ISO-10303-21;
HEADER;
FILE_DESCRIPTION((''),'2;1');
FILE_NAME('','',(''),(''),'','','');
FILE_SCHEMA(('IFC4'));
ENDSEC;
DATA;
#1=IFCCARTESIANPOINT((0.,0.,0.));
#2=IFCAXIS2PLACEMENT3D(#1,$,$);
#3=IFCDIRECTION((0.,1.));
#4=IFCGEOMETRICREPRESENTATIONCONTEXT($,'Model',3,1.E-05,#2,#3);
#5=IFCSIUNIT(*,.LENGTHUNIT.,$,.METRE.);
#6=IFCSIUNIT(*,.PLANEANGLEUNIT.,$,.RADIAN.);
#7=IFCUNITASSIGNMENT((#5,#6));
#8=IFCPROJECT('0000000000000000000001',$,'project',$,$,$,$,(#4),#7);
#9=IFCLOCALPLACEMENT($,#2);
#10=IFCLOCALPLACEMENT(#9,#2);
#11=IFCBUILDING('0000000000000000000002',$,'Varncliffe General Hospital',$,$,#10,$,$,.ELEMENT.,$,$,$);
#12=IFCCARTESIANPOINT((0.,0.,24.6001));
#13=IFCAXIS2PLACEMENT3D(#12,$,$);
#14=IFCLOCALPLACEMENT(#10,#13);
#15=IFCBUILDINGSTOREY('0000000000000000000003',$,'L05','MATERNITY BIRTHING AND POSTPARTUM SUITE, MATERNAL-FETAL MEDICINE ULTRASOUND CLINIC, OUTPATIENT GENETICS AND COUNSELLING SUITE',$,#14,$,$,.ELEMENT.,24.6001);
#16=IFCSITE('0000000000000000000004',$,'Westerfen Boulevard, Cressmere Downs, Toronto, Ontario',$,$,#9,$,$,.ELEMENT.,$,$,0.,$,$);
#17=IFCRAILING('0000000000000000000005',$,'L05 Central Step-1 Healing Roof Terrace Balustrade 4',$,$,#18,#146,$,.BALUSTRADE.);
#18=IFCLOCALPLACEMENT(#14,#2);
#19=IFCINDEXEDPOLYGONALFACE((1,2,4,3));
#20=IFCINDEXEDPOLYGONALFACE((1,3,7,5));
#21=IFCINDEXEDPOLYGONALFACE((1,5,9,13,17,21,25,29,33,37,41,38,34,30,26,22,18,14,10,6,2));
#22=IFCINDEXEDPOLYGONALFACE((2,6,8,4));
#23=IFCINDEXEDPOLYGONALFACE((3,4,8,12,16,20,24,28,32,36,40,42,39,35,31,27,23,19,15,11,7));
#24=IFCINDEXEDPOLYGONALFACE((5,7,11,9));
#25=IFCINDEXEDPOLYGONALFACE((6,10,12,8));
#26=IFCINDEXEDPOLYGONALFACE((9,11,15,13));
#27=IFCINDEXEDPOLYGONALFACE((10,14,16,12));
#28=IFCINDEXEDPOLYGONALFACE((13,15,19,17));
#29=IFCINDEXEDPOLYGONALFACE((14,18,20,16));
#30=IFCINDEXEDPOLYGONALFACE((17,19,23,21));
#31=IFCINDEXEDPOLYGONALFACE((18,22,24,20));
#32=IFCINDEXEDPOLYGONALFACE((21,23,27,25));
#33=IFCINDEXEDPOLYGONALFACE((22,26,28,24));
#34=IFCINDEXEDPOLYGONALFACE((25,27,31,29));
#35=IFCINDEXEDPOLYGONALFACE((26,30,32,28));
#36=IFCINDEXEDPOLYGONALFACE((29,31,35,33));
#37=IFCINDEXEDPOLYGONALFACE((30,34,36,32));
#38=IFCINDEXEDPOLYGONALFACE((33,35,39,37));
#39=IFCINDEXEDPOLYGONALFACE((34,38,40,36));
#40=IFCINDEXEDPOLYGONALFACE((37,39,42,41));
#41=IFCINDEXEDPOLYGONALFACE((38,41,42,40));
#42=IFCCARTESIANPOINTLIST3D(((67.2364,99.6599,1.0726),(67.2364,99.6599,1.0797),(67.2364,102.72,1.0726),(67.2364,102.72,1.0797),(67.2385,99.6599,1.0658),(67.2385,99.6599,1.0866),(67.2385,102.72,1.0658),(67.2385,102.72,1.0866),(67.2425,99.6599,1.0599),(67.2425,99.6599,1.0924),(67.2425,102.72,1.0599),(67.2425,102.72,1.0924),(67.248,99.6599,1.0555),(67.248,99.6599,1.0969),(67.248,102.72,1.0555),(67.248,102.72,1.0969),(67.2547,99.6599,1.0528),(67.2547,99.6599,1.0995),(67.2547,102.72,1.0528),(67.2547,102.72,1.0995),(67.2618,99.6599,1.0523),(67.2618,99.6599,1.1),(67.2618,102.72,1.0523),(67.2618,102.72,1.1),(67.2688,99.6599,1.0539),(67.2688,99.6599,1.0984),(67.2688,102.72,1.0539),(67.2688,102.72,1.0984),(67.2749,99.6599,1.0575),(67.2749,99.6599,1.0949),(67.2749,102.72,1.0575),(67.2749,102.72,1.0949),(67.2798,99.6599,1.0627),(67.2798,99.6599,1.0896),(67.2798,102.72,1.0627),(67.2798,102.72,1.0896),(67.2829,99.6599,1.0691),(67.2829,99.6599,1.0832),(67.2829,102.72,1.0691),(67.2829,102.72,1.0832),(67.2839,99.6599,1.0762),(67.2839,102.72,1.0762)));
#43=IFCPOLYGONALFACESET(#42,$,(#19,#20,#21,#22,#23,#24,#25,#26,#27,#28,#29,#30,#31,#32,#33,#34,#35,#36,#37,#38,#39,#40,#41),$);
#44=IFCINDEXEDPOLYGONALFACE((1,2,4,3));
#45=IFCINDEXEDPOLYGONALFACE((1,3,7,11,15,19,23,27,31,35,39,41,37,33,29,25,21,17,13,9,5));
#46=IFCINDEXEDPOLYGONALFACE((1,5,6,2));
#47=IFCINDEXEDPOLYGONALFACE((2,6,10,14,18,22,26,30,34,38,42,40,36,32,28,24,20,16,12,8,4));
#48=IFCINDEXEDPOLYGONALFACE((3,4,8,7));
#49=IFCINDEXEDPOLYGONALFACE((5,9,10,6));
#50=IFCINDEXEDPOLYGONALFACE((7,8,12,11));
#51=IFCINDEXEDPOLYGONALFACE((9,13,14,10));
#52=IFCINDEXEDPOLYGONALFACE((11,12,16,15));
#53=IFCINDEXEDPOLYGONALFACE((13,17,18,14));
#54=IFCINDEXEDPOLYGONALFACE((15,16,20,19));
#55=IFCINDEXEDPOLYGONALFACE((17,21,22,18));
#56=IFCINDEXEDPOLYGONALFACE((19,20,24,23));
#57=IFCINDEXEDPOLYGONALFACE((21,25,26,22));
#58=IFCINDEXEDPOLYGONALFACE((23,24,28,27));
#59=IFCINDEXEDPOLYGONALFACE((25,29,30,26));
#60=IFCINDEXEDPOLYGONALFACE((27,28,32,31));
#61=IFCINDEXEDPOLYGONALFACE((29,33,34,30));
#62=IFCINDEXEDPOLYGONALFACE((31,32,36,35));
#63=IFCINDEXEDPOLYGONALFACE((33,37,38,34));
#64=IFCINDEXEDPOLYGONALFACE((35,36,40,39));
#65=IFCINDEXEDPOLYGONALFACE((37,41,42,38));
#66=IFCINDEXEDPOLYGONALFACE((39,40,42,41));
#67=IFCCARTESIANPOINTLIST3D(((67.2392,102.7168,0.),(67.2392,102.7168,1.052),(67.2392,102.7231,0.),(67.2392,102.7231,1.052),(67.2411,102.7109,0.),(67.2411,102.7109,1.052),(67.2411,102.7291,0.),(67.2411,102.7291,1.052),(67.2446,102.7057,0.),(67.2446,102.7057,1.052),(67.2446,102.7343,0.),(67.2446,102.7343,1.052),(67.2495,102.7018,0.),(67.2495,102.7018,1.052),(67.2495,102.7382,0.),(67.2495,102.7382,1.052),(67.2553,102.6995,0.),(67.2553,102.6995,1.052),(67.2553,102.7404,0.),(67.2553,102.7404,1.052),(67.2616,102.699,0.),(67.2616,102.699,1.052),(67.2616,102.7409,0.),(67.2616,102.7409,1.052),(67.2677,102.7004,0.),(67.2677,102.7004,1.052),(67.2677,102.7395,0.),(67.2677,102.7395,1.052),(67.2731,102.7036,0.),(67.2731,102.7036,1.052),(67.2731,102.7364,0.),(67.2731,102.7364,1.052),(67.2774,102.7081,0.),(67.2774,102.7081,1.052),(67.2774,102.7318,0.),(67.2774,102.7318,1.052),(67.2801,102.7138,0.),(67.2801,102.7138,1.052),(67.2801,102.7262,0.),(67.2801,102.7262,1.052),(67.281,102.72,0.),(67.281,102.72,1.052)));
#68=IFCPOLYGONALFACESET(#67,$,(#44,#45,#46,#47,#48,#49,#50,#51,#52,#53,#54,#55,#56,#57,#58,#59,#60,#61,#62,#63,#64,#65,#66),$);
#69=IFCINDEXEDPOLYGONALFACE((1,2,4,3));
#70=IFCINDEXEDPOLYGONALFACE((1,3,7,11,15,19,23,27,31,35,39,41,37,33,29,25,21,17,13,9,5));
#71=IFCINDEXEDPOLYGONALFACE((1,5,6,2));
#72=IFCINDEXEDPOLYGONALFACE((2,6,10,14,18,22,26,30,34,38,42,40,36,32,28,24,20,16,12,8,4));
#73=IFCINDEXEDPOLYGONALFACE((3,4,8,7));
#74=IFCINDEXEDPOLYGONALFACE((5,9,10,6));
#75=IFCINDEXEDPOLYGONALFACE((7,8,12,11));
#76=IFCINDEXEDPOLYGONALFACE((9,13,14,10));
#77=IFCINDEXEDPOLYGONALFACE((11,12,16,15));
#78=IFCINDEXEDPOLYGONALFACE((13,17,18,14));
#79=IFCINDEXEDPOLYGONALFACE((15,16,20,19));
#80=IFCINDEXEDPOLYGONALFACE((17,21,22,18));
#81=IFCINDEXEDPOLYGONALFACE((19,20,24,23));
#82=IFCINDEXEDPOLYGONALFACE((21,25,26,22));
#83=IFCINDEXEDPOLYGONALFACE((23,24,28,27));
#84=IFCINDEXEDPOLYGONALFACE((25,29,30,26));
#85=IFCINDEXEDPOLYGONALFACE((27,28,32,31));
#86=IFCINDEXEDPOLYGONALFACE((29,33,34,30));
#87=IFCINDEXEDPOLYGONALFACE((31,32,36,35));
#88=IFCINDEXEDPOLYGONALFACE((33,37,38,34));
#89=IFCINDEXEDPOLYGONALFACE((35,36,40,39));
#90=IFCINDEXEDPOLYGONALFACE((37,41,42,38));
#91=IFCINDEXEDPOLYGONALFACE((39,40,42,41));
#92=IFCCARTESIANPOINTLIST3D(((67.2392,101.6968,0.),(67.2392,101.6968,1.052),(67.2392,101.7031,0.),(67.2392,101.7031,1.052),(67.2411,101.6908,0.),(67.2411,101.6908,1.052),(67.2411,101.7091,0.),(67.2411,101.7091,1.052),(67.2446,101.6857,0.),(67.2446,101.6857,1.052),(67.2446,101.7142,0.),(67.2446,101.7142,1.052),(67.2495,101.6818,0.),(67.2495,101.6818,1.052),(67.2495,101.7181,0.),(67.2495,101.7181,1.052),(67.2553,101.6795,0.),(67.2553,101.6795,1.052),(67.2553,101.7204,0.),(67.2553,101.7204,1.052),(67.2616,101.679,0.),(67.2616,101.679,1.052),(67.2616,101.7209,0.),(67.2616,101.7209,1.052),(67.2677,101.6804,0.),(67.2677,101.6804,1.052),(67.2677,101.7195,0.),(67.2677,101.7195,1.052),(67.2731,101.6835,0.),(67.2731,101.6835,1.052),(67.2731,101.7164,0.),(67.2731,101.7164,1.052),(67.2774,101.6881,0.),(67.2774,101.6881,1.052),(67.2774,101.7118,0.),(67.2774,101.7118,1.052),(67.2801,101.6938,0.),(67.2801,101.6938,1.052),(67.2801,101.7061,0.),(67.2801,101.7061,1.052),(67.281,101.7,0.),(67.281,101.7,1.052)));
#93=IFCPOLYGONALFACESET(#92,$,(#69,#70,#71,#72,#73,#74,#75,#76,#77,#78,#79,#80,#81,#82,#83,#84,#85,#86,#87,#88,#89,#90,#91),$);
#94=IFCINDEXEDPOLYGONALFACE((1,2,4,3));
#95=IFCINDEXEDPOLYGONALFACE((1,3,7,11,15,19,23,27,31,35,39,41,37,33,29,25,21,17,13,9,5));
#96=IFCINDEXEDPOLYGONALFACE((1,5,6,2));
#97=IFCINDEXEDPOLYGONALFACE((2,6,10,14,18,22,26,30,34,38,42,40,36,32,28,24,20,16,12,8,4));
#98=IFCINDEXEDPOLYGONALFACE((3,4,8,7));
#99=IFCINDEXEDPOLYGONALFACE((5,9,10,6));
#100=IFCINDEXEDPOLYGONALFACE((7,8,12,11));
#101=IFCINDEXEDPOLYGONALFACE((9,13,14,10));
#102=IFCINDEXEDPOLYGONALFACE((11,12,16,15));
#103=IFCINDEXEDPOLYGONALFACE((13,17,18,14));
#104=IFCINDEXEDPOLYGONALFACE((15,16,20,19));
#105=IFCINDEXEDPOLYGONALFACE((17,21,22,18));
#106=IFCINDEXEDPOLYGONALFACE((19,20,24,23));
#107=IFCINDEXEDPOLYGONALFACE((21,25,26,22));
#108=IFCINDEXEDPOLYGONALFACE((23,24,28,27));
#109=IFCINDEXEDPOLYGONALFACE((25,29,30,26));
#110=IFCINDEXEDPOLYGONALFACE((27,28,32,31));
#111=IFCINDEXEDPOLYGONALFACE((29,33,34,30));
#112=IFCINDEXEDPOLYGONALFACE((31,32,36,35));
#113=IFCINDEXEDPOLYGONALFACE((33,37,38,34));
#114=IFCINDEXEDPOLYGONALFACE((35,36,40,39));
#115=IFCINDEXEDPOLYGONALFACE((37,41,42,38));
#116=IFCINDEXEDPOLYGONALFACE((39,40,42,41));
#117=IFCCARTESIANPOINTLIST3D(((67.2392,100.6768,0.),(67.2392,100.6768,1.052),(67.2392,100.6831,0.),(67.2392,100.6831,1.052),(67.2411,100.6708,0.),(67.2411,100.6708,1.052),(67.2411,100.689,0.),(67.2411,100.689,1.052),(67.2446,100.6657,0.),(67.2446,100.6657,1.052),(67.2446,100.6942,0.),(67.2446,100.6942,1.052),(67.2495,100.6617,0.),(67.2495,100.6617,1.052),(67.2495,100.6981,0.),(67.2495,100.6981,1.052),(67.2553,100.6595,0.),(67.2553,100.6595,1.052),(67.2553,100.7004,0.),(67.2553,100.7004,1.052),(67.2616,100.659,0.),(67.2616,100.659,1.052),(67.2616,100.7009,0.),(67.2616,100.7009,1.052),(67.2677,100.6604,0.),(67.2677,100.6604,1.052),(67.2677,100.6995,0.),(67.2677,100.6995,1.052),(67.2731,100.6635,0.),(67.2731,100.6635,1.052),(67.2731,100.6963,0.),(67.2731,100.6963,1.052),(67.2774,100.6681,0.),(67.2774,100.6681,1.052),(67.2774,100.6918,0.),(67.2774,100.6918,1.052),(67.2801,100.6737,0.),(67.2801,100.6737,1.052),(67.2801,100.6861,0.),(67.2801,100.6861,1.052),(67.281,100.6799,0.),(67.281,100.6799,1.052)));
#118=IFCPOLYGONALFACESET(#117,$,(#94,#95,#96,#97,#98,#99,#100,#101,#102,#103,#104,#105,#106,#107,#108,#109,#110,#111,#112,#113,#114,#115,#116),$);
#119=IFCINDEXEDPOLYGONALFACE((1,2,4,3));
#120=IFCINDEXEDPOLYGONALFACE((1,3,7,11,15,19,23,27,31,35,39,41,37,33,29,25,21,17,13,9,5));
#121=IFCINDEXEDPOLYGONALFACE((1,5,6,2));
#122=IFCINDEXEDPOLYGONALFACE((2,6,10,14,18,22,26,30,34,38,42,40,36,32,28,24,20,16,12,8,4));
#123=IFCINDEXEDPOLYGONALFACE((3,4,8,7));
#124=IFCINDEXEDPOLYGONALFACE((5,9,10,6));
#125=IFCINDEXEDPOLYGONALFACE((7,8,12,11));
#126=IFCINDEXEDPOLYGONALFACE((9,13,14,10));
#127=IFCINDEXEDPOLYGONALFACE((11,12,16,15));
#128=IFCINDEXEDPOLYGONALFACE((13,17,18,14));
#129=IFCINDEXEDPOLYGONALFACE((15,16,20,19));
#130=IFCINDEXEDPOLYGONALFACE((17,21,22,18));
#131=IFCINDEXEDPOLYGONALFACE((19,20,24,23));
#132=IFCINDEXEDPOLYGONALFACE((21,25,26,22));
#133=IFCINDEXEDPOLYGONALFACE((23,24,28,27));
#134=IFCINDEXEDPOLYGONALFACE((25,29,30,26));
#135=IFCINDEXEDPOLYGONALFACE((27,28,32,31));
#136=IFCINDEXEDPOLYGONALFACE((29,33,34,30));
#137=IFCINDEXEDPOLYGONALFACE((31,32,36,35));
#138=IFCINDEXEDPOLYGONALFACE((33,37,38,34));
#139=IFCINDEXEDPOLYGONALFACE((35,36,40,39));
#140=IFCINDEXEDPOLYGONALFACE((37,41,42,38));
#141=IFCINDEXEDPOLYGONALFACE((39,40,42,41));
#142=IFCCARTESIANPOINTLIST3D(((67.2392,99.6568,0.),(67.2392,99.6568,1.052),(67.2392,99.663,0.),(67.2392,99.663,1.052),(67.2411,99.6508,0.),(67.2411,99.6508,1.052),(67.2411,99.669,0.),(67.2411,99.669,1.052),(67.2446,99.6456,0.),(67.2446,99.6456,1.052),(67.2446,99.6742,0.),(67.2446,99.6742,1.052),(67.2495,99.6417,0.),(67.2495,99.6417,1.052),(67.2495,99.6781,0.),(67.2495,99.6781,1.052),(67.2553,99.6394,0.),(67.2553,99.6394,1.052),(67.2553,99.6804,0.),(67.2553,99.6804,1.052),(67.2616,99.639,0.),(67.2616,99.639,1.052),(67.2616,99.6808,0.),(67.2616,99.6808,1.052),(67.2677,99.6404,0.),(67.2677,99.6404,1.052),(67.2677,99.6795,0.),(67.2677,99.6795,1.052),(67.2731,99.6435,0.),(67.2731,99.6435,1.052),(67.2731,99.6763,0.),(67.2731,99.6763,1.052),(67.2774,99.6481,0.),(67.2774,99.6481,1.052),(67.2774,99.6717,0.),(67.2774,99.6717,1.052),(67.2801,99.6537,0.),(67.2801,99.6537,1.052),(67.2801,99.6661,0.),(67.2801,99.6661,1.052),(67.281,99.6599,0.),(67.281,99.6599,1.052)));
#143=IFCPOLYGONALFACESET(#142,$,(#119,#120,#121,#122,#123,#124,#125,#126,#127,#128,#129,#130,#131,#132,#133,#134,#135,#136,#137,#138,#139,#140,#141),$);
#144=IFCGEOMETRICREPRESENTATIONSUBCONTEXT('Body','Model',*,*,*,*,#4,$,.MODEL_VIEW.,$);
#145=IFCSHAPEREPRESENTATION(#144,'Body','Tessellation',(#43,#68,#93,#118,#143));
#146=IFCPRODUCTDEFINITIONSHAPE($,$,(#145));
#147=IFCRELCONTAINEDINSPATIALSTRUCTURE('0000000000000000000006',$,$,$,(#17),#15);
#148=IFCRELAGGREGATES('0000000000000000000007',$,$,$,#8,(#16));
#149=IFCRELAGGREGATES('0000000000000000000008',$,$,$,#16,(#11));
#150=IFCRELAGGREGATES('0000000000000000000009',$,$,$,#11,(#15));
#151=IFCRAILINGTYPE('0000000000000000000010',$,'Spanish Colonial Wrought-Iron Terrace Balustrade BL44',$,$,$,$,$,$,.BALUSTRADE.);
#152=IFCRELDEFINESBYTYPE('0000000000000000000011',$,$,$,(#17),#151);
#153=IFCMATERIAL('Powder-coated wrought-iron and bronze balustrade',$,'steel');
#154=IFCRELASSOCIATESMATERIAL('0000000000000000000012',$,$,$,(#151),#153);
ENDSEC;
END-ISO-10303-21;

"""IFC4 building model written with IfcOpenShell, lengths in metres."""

from ifc_helpers import new_model, si_unit, direction, frame, origin, origin_2d, place, context, subcontext, project, spatial, circle, extrude, material, type_object, element, save


model = new_model("IFC4")

# Units and contexts
model_context = context("Model", 3, precision=1e-05, world=origin(), true_north=direction((0.0, 1.0)))
body_context = subcontext(model_context, "Body", "Model", "MODEL_VIEW")
ifc_project = project(units=[si_unit("LENGTHUNIT", "METRE"), si_unit("PLANEANGLEUNIT", "RADIAN")], contexts=[model_context])

# Site, building, storey
site_placement = place(None, origin())
site = spatial("IfcSite", under=ifc_project, at=site_placement, Name="Westerfen Boulevard, Cressmere Downs, Toronto, Ontario", CompositionType="ELEMENT", RefElevation=0.0)
building_placement = place(site_placement, origin())
building = spatial("IfcBuilding", under=site, at=building_placement, Name="Varncliffe General Hospital", CompositionType="ELEMENT")
storey_placement = place(building_placement, frame((0.0, 0.0, 24.6001)))
storey = spatial("IfcBuildingStorey", under=building, at=storey_placement, Name="L05", Description="MATERNITY BIRTHING AND POSTPARTUM SUITE, MATERNAL-FETAL MEDICINE ULTRASOUND CLINIC, OUTPATIENT GENETICS AND COUNSELLING SUITE", CompositionType="ELEMENT", Elevation=24.6001)

# Railing
ifc_material_1 = material(Name="Powder-coated wrought-iron and bronze balustrade", Category="steel")
railing_type = type_object("IfcRailingType", Name="Spanish Colonial Wrought-Iron Terrace Balustrade BL44", PredefinedType="BALUSTRADE", material=ifc_material_1)
railing_1_placement = place(storey_placement, frame((67.26, 102.72, 0.0)))
element("IfcRailing", 1, at=railing_1_placement, inside=storey, type_object=railing_type, Name="L05 Central Step-1 Healing Roof Terrace Balustrade 4", PredefinedType="BALUSTRADE", context=body_context, shape_type="SweptSolid", body=[
    extrude(circle(Radius=0.0239, at=origin_2d()), frame((0.0, 0.0, 1.0762), z_axis=(0.0, -1.0, 0.0), x_axis=(1.0, 0.0, 0.0)), (0.0, 0.0, 1.0), 3.0601),
    extrude(circle(Radius=0.021, at=origin_2d()), origin(), (0.0, 0.0, 1.0), 1.052),
    extrude(circle(Radius=0.021, at=origin_2d()), frame((0.0, -1.02, 0.0)), (0.0, 0.0, 1.0), 1.052),
    extrude(circle(Radius=0.021, at=origin_2d()), frame((0.0, -2.04, 0.0)), (0.0, 0.0, 1.0), 1.052),
    extrude(circle(Radius=0.021, at=origin_2d()), frame((0.0, -3.0601, 0.0)), (0.0, 0.0, 1.0), 1.052),
])

save(model, "model.ifc")
